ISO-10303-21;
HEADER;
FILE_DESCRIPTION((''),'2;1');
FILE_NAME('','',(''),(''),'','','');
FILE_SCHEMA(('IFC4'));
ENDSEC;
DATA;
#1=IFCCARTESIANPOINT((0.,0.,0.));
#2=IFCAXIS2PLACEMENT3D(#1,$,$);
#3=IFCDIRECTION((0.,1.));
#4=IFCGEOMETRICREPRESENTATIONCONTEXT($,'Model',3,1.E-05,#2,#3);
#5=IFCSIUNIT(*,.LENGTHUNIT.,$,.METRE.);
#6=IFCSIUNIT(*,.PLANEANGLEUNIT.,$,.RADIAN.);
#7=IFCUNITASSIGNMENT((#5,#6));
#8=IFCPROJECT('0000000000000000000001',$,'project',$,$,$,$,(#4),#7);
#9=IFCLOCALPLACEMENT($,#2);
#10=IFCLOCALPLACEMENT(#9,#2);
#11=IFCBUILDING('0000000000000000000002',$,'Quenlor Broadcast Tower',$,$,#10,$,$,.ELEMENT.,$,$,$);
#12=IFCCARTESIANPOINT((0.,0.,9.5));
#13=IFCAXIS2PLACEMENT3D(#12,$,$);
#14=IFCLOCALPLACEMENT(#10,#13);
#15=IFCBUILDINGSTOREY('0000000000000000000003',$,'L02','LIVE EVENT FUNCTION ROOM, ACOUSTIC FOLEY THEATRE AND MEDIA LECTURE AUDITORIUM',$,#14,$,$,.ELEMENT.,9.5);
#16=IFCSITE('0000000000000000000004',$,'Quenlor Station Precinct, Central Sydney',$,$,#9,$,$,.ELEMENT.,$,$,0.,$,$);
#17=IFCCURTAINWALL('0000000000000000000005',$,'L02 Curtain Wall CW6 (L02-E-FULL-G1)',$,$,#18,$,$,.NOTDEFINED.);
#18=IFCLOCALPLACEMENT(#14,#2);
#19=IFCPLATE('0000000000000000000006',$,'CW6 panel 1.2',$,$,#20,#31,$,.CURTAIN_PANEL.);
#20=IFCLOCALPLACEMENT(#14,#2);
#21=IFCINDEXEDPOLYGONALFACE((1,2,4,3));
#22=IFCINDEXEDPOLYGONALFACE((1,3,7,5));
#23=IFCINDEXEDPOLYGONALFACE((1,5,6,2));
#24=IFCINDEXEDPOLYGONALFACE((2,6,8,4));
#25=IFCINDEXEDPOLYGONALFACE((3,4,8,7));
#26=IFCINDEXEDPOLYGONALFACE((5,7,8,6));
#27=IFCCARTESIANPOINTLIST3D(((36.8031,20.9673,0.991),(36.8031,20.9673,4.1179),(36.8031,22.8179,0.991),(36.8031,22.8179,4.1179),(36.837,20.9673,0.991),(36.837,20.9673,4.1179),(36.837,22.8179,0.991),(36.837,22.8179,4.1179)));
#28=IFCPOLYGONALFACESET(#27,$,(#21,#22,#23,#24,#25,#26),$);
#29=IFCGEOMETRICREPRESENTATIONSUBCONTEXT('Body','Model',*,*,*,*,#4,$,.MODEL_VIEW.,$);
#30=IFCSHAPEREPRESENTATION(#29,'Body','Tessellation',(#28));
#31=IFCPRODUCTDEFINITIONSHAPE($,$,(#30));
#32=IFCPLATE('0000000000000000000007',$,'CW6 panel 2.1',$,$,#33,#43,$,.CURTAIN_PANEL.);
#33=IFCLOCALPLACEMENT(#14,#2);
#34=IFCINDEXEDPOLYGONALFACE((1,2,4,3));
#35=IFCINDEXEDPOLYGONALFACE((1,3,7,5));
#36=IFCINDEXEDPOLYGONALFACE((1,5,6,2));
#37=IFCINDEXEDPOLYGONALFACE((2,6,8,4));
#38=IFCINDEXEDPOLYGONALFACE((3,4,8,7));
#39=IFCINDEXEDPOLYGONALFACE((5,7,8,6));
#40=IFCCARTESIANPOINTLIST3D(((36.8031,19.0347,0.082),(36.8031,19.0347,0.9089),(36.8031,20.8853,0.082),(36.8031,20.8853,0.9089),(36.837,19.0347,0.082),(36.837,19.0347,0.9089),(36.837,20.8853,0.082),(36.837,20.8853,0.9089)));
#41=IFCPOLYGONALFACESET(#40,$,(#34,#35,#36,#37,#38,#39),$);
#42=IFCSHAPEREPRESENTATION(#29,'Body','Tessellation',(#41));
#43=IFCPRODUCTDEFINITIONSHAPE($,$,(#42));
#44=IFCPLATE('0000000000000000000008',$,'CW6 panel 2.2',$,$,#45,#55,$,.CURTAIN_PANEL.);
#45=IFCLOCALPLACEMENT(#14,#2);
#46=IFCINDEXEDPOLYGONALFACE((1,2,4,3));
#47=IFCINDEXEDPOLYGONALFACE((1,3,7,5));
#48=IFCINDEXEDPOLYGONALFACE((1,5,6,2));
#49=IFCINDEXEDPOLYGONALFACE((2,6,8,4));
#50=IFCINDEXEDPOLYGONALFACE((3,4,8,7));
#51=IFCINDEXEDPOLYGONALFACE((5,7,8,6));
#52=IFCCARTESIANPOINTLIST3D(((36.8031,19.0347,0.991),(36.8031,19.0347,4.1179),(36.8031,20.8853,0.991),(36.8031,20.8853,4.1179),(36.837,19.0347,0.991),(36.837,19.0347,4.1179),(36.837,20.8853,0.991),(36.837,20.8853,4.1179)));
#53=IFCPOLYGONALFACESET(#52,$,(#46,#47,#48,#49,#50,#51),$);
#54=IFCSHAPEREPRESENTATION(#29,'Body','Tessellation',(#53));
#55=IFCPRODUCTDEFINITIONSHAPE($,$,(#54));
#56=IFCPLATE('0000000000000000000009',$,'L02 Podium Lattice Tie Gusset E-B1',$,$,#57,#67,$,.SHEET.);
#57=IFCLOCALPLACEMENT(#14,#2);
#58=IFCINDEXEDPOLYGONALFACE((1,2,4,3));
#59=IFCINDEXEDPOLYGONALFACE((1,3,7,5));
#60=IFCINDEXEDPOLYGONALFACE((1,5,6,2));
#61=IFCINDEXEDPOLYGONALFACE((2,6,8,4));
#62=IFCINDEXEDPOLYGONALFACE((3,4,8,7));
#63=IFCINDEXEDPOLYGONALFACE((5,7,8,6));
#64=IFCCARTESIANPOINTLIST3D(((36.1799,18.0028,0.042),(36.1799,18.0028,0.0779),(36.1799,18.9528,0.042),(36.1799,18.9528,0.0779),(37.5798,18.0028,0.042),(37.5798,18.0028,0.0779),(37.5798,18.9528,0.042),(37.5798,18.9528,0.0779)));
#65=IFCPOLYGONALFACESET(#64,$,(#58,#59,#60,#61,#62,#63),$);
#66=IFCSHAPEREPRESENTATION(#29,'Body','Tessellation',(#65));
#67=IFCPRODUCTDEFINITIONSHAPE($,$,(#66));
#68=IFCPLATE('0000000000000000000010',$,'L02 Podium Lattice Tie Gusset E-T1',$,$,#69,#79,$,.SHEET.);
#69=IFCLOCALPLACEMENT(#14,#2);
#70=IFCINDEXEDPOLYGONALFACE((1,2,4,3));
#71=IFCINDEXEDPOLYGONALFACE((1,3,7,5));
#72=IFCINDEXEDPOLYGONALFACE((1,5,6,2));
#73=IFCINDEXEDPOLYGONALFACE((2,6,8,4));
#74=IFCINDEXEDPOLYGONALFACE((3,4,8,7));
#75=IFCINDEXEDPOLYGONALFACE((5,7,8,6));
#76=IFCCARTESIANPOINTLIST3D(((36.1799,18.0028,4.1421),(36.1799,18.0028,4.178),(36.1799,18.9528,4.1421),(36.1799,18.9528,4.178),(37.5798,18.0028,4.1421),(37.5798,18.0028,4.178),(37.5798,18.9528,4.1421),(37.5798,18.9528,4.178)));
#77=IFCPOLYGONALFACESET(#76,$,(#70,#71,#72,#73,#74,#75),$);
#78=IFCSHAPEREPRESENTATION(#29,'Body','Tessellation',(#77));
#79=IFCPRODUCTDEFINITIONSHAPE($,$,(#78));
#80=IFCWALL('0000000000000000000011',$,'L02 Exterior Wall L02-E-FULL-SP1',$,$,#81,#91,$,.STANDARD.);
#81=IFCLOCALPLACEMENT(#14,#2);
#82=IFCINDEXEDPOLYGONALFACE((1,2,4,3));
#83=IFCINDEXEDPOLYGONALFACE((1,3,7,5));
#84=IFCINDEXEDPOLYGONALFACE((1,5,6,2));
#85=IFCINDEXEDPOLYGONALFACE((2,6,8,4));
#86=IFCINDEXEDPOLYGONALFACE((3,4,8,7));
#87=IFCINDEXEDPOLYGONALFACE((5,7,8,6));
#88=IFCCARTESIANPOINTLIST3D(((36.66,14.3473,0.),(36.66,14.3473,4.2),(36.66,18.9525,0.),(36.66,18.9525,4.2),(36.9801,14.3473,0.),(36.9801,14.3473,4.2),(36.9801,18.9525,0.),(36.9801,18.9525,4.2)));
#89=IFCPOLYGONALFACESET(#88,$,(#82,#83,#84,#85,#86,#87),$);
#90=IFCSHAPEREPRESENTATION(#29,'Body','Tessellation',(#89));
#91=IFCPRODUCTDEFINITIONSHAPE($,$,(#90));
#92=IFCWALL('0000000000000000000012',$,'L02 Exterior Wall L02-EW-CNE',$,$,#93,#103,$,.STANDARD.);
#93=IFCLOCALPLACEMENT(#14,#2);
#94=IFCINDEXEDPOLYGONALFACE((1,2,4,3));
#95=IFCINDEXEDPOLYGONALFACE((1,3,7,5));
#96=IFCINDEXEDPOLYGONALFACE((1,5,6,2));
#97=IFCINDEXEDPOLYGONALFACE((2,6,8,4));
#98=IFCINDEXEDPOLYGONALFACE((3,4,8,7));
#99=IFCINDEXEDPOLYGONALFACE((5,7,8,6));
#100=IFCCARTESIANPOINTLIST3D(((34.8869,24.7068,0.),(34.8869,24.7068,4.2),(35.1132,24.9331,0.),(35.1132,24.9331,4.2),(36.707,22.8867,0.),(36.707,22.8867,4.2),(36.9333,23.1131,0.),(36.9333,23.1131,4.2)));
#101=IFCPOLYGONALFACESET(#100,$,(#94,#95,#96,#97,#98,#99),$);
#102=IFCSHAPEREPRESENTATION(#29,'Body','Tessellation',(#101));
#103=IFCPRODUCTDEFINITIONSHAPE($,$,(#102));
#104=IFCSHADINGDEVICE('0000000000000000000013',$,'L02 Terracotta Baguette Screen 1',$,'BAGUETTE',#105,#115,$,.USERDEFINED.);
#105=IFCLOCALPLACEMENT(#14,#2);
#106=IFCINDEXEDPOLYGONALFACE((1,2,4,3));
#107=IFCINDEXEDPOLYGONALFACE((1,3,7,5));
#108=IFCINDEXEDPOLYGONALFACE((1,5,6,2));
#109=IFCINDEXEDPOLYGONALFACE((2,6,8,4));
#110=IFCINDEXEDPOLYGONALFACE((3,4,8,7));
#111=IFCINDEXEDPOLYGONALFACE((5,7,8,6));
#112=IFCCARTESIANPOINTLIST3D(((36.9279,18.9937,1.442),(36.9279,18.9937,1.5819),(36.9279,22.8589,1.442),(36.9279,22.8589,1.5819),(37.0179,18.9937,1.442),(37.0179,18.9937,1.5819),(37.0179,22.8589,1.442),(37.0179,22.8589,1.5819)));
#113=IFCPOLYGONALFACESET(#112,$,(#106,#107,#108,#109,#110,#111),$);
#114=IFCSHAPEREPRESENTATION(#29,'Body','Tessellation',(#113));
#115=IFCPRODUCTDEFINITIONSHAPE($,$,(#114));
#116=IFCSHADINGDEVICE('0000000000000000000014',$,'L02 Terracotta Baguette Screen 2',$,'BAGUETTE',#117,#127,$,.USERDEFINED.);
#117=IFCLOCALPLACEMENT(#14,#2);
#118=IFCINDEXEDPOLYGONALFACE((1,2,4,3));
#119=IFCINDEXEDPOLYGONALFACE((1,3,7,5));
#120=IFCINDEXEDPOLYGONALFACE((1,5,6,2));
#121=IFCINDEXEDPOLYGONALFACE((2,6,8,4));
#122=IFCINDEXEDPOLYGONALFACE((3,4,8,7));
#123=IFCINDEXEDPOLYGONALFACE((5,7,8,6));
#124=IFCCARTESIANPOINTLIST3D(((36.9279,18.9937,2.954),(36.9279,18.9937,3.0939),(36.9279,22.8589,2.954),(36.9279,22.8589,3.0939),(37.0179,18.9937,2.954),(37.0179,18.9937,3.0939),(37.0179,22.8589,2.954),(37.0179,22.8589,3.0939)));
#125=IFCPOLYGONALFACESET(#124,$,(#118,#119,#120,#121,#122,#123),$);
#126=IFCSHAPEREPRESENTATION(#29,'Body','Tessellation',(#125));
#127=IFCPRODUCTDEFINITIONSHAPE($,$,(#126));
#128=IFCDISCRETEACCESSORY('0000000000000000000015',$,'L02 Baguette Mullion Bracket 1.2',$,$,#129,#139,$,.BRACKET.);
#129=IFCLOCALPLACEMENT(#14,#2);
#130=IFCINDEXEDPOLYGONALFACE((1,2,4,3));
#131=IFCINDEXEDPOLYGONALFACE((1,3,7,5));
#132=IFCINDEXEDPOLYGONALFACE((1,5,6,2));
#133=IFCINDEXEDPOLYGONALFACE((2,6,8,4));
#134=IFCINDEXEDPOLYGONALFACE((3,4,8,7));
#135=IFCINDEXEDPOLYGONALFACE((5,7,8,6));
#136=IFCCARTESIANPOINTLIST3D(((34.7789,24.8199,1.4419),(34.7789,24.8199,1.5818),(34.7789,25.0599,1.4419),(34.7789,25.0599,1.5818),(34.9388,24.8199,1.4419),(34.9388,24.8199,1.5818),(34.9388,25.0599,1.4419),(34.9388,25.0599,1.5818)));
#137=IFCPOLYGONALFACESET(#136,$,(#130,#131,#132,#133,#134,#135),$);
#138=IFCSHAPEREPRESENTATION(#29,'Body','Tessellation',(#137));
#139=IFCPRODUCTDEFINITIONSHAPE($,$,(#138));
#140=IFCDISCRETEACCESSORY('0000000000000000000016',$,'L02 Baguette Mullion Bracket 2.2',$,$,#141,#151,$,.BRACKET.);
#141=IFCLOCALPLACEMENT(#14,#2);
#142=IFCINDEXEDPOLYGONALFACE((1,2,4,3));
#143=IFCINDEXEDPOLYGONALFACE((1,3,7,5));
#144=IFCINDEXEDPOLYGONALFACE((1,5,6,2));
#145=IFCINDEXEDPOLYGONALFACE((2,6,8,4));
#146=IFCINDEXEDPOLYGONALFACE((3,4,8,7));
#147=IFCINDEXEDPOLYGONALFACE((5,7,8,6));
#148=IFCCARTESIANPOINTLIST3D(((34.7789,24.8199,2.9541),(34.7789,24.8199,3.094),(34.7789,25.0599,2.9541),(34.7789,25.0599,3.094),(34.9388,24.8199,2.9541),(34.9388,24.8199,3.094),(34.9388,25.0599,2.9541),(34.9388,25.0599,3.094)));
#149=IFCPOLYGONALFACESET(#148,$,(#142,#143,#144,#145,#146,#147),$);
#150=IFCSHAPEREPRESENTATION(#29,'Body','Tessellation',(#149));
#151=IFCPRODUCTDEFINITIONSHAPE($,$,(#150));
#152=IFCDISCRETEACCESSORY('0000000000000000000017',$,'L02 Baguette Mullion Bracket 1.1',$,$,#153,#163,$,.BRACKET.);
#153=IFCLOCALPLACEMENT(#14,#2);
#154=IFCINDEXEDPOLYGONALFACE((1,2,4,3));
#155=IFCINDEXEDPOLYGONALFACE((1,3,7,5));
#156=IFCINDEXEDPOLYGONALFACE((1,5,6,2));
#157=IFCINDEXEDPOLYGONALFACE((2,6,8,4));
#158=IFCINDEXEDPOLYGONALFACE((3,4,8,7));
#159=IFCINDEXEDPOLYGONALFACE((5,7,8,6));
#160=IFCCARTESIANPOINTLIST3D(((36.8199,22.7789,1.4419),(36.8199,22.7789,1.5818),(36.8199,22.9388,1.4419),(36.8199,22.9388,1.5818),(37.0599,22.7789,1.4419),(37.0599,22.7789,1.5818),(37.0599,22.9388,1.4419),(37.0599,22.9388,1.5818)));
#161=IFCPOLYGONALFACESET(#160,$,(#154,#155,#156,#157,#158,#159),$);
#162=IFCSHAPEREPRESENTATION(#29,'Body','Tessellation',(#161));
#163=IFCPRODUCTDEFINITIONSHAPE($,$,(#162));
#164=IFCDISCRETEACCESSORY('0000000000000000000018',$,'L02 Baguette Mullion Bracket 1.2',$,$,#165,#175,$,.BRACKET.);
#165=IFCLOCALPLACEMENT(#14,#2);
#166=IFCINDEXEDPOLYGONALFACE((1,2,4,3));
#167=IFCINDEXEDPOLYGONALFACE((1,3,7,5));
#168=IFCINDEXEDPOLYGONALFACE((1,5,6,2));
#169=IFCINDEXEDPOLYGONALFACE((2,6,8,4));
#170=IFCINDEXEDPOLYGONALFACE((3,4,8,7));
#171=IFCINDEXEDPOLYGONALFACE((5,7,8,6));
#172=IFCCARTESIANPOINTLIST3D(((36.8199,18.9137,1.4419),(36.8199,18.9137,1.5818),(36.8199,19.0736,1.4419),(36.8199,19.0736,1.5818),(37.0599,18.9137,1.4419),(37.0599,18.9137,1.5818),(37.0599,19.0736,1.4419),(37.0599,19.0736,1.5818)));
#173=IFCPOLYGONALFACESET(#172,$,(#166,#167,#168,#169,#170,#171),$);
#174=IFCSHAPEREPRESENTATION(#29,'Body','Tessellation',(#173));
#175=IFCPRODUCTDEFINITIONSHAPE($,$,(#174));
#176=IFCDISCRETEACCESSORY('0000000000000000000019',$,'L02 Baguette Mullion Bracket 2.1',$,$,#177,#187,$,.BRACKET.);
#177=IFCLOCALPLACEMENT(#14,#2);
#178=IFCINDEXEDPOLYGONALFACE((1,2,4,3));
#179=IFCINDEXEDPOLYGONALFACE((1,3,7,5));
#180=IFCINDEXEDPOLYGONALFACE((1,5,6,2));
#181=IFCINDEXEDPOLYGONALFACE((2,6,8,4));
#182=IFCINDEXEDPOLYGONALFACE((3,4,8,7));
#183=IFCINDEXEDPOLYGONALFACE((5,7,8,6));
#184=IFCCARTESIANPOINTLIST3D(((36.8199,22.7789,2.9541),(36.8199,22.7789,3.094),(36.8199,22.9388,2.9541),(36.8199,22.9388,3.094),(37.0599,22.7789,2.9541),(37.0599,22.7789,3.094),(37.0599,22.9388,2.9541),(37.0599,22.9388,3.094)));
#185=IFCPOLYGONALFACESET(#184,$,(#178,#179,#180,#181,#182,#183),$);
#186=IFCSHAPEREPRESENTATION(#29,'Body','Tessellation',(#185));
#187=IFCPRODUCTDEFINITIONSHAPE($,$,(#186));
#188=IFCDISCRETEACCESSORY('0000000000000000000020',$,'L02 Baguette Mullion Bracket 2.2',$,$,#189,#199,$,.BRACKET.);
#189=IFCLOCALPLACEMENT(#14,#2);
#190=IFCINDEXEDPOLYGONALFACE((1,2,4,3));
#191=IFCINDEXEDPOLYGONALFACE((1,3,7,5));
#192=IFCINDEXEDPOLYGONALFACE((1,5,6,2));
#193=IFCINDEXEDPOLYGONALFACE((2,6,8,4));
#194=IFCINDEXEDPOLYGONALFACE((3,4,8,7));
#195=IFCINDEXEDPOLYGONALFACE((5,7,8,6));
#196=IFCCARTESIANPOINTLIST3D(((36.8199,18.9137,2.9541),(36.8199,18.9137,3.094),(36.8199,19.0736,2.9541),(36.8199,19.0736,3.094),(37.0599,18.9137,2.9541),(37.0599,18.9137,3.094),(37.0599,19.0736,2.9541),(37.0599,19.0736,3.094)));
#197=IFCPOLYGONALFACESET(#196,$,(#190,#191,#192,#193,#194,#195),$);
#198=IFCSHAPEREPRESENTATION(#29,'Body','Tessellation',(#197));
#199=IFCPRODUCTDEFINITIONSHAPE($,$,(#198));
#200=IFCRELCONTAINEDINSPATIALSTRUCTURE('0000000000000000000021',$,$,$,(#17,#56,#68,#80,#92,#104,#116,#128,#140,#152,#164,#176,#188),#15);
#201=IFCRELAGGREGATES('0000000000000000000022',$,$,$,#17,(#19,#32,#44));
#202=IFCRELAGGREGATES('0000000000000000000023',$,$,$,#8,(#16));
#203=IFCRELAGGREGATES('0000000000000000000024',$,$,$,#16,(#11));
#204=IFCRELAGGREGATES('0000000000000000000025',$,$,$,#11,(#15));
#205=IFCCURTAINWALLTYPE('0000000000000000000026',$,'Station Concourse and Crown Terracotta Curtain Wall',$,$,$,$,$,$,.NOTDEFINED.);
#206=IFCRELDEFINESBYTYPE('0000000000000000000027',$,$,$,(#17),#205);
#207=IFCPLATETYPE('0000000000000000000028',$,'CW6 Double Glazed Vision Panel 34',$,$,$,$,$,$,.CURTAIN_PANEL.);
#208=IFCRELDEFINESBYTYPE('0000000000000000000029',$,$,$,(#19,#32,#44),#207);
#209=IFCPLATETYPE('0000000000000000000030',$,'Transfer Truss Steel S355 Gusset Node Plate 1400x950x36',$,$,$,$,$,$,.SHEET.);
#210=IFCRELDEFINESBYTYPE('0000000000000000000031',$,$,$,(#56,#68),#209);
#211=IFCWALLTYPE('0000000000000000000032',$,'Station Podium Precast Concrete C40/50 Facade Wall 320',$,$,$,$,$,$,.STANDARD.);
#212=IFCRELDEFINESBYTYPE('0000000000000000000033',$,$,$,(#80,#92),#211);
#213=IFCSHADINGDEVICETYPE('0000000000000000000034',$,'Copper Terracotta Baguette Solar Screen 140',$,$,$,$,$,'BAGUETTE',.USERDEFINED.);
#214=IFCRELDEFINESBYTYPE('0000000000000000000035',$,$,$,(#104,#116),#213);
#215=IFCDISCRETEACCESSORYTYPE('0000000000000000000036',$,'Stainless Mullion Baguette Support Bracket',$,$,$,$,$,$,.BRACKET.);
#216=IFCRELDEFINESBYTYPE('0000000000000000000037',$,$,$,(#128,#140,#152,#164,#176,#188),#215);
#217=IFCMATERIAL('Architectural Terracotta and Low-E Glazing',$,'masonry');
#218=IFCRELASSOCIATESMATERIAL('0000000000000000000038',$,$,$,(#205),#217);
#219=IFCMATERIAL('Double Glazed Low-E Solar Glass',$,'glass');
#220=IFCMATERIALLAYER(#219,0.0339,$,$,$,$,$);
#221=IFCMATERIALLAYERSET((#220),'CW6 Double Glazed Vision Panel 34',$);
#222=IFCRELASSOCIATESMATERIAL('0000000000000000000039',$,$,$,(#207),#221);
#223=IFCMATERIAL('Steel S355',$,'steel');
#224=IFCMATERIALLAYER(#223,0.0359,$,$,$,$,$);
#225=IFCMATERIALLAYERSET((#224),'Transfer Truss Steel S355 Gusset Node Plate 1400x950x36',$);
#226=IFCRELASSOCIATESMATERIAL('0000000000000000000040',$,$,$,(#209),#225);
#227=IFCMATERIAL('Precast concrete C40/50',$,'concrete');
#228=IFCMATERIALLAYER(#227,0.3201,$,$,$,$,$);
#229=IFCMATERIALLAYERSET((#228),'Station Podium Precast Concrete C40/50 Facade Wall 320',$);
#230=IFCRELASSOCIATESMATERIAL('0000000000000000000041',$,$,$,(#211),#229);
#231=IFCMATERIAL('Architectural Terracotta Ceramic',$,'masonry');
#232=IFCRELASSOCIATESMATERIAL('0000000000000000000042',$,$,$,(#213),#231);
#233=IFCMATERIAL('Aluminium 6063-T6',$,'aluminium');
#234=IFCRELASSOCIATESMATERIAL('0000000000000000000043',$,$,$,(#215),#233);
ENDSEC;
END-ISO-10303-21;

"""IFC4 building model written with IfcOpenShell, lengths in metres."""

from ifc_helpers import new_model, si_unit, direction, frame, frame_2d, origin, origin_2d, place, context, subcontext, project, spatial, rectangle, extrude, material, layer, layer_set, material_profile, profile_set, type_object, element, aggregate, save


model = new_model("IFC4")

# Units and contexts
model_context = context("Model", 3, precision=1e-05, world=origin(), true_north=direction((0.0, 1.0)))
body_context = subcontext(model_context, "Body", "Model", "MODEL_VIEW")
ifc_project = project(units=[si_unit("LENGTHUNIT", "METRE"), si_unit("PLANEANGLEUNIT", "RADIAN")], contexts=[model_context])

# Site, building, storey
site_placement = place(None, origin())
site = spatial("IfcSite", under=ifc_project, at=site_placement, Name="Quenlor Station Precinct, Central Sydney", CompositionType="ELEMENT", RefElevation=0.0)
building_placement = place(site_placement, origin())
building = spatial("IfcBuilding", under=site, at=building_placement, Name="Quenlor Broadcast Tower", CompositionType="ELEMENT")
storey_placement = place(building_placement, frame((0.0, 0.0, 9.5)))
storey = spatial("IfcBuildingStorey", under=building, at=storey_placement, Name="L02", Description="LIVE EVENT FUNCTION ROOM, ACOUSTIC FOLEY THEATRE AND MEDIA LECTURE AUDITORIUM", CompositionType="ELEMENT", Elevation=9.5)

# Shared definitions
ifc_material_1 = material(Name="Architectural Terracotta and Low-E Glazing", Category="masonry")
curtain_wall_type = type_object("IfcCurtainWallType", Name="Station Concourse and Crown Terracotta Curtain Wall", PredefinedType="NOTDEFINED", material=ifc_material_1)

# Curtain wall
curtain_wall_1_placement = place(storey_placement, origin())
curtain_wall_1 = element("IfcCurtainWall", 1, at=curtain_wall_1_placement, inside=storey, type_object=curtain_wall_type, Name="L02 Curtain Wall CW6 (L02-E-FULL-G1)", PredefinedType="NOTDEFINED")

# Plates
ifc_material_2 = material(Name="Double Glazed Low-E Solar Glass", Category="glass")
ifc_layer_1 = layer(ifc_material_2, 0.0339)
ifc_layer_set_1 = layer_set([ifc_layer_1], Name="CW6 Double Glazed Vision Panel 34")
plate_type_1 = type_object("IfcPlateType", Name="CW6 Double Glazed Vision Panel 34", PredefinedType="CURTAIN_PANEL", material=ifc_layer_set_1)
plate_1_placement = place(storey_placement, frame((36.8201, 21.8926, 0.991), z_axis=(0.0, 0.0, 1.0), x_axis=(0.0, -1.0, 0.0)))
plate_1 = element("IfcPlate", 2, at=plate_1_placement, type_object=plate_type_1, Name="CW6 panel 1.2", PredefinedType="CURTAIN_PANEL", context=body_context, shape_type="SweptSolid", body=[
    extrude(rectangle(XDim=1.8506, YDim=0.0339, at=origin_2d()), origin(), (0.0, 0.0, 1.0), 3.127),
])
plate_2_placement = place(storey_placement, frame((36.8201, 19.96, 0.082), z_axis=(0.0, 0.0, 1.0), x_axis=(0.0, -1.0, 0.0)))
plate_2 = element("IfcPlate", 3, at=plate_2_placement, type_object=plate_type_1, Name="CW6 panel 2.1", PredefinedType="CURTAIN_PANEL", context=body_context, shape_type="SweptSolid", body=[
    extrude(rectangle(XDim=1.8506, YDim=0.0339, at=origin_2d()), origin(), (0.0, 0.0, 1.0), 0.8269),
])
plate_3_placement = place(storey_placement, frame((36.8201, 19.96, 0.991), z_axis=(0.0, 0.0, 1.0), x_axis=(0.0, -1.0, 0.0)))
plate_3 = element("IfcPlate", 4, at=plate_3_placement, type_object=plate_type_1, Name="CW6 panel 2.2", PredefinedType="CURTAIN_PANEL", context=body_context, shape_type="SweptSolid", body=[
    extrude(rectangle(XDim=1.8506, YDim=0.0339, at=origin_2d()), origin(), (0.0, 0.0, 1.0), 3.127),
])
aggregate(curtain_wall_1, [plate_1, plate_2, plate_3])

# Plates
ifc_material_3 = material(Name="Steel S355", Category="steel")
ifc_layer_2 = layer(ifc_material_3, 0.0359)
ifc_layer_set_2 = layer_set([ifc_layer_2], Name="Transfer Truss Steel S355 Gusset Node Plate 1400x950x36")
plate_type_2 = type_object("IfcPlateType", Name="Transfer Truss Steel S355 Gusset Node Plate 1400x950x36", PredefinedType="SHEET", material=ifc_layer_set_2)
for number, where, z_axis, x_axis, name in (
    (5, (36.8799, 18.4778, 0.042), (0.0, 0.0, 1.0), (1.0, 0.0, 0.0), "L02 Podium Lattice Tie Gusset E-B1"),
    (6, (36.8799, 18.4778, 4.1421), (0.0, 0.0, 1.0), (1.0, 0.0, 0.0), "L02 Podium Lattice Tie Gusset E-T1"),
):
    element("IfcPlate", number, at=place(storey_placement, frame(where, z_axis=z_axis, x_axis=x_axis)), inside=storey, type_object=plate_type_2, Name=name, PredefinedType="SHEET", context=body_context, shape_type="SweptSolid", body=[
        extrude(rectangle(XDim=1.3999, YDim=0.95, at=origin_2d()), origin(), (0.0, 0.0, 1.0), 0.0359),
    ])

# Walls
ifc_material_4 = material(Name="Precast concrete C40/50", Category="concrete")
ifc_layer_3 = layer(ifc_material_4, 0.3201)
ifc_layer_set_3 = layer_set([ifc_layer_3], Name="Station Podium Precast Concrete C40/50 Facade Wall 320")
wall_type = type_object("IfcWallType", Name="Station Podium Precast Concrete C40/50 Facade Wall 320", PredefinedType="STANDARD", material=ifc_layer_set_3)
wall_1_placement = place(storey_placement, frame((36.8201, 18.9526, 0.0), z_axis=(0.0, 0.0, 1.0), x_axis=(0.0, -1.0, 0.0)))
element("IfcWall", 7, at=wall_1_placement, inside=storey, type_object=wall_type, Name="L02 Exterior Wall L02-E-FULL-SP1", PredefinedType="STANDARD", context=body_context, shape_type="SweptSolid", body=[
    extrude(rectangle(XDim=4.6052, YDim=0.3201, at=frame_2d((2.3027, 0.0))), origin(), (0.0, 0.0, 1.0), 4.2),
])
wall_2_placement = place(storey_placement, frame((35.0, 24.8201, 0.0), z_axis=(0.0, 0.0, 1.0), x_axis=(0.707107, -0.707107, 0.0)))
element("IfcWall", 8, at=wall_2_placement, inside=storey, type_object=wall_type, Name="L02 Exterior Wall L02-EW-CNE", PredefinedType="STANDARD", context=body_context, shape_type="SweptSolid", body=[
    extrude(rectangle(XDim=2.574, YDim=0.3201, at=frame_2d((1.2871, 0.0))), origin(), (0.0, 0.0, 1.0), 4.2),
])

# Shading devices
ifc_material_5 = material(Name="Architectural Terracotta Ceramic", Category="masonry")
ifc_material_profile_1 = material_profile(ifc_material_5, rectangle(XDim=0.0901, YDim=0.1399, at=origin_2d()))
ifc_profile_set_1 = profile_set([ifc_material_profile_1], Name="Architectural Terracotta Ceramic BAG90x140")
shading_device_type = type_object("IfcShadingDeviceType", Name="Copper Terracotta Baguette Solar Screen 140", ElementType="BAGUETTE", PredefinedType="USERDEFINED", material=ifc_profile_set_1)
for number, where, z_axis, x_axis, name in (
    (9, (36.9729, 22.8589, 1.512), (0.0, -1.0, 0.0), (1.0, 0.0, 0.0), "L02 Terracotta Baguette Screen 1"),
    (10, (36.9729, 22.8589, 3.0239), (0.0, -1.0, 0.0), (1.0, 0.0, 0.0), "L02 Terracotta Baguette Screen 2"),
):
    element("IfcShadingDevice", number, at=place(storey_placement, frame(where, z_axis=z_axis, x_axis=x_axis)), inside=storey, type_object=shading_device_type, Name=name, ObjectType="BAGUETTE", PredefinedType="USERDEFINED", context=body_context, shape_type="SweptSolid", body=[
        extrude(rectangle(XDim=0.0901, YDim=0.1399, at=origin_2d()), origin(), (0.0, 0.0, 1.0), 3.8652),
    ])

# Discrete accessories
ifc_material_6 = material(Name="Aluminium 6063-T6", Category="aluminium")
discrete_accessory_type = type_object("IfcDiscreteAccessoryType", Name="Stainless Mullion Baguette Support Bracket", PredefinedType="BRACKET", material=ifc_material_6)
for number, where, z_axis, x_axis, name in (
    (11, (34.8589, 24.9399, 1.4419), (0.0, 0.0, 1.0), (1.0, 0.0, 0.0), "L02 Baguette Mullion Bracket 1.2"),
    (12, (34.8589, 24.9399, 2.9541), (0.0, 0.0, 1.0), (1.0, 0.0, 0.0), "L02 Baguette Mullion Bracket 2.2"),
    (13, (36.9399, 22.8589, 1.4419), (0.0, 0.0, 1.0), (0.0, -1.0, 0.0), "L02 Baguette Mullion Bracket 1.1"),
    (14, (36.9399, 18.9937, 1.4419), (0.0, 0.0, 1.0), (0.0, -1.0, 0.0), "L02 Baguette Mullion Bracket 1.2"),
    (15, (36.9399, 22.8589, 2.9541), (0.0, 0.0, 1.0), (0.0, -1.0, 0.0), "L02 Baguette Mullion Bracket 2.1"),
    (16, (36.9399, 18.9937, 2.9541), (0.0, 0.0, 1.0), (0.0, -1.0, 0.0), "L02 Baguette Mullion Bracket 2.2"),
):
    element("IfcDiscreteAccessory", number, at=place(storey_placement, frame(where, z_axis=z_axis, x_axis=x_axis)), inside=storey, type_object=discrete_accessory_type, Name=name, PredefinedType="BRACKET", context=body_context, shape_type="SweptSolid", body=[
        extrude(rectangle(XDim=0.1599, YDim=0.24, at=origin_2d()), origin(), (0.0, 0.0, 1.0), 0.1399),
    ])

save(model, "model.ifc")
